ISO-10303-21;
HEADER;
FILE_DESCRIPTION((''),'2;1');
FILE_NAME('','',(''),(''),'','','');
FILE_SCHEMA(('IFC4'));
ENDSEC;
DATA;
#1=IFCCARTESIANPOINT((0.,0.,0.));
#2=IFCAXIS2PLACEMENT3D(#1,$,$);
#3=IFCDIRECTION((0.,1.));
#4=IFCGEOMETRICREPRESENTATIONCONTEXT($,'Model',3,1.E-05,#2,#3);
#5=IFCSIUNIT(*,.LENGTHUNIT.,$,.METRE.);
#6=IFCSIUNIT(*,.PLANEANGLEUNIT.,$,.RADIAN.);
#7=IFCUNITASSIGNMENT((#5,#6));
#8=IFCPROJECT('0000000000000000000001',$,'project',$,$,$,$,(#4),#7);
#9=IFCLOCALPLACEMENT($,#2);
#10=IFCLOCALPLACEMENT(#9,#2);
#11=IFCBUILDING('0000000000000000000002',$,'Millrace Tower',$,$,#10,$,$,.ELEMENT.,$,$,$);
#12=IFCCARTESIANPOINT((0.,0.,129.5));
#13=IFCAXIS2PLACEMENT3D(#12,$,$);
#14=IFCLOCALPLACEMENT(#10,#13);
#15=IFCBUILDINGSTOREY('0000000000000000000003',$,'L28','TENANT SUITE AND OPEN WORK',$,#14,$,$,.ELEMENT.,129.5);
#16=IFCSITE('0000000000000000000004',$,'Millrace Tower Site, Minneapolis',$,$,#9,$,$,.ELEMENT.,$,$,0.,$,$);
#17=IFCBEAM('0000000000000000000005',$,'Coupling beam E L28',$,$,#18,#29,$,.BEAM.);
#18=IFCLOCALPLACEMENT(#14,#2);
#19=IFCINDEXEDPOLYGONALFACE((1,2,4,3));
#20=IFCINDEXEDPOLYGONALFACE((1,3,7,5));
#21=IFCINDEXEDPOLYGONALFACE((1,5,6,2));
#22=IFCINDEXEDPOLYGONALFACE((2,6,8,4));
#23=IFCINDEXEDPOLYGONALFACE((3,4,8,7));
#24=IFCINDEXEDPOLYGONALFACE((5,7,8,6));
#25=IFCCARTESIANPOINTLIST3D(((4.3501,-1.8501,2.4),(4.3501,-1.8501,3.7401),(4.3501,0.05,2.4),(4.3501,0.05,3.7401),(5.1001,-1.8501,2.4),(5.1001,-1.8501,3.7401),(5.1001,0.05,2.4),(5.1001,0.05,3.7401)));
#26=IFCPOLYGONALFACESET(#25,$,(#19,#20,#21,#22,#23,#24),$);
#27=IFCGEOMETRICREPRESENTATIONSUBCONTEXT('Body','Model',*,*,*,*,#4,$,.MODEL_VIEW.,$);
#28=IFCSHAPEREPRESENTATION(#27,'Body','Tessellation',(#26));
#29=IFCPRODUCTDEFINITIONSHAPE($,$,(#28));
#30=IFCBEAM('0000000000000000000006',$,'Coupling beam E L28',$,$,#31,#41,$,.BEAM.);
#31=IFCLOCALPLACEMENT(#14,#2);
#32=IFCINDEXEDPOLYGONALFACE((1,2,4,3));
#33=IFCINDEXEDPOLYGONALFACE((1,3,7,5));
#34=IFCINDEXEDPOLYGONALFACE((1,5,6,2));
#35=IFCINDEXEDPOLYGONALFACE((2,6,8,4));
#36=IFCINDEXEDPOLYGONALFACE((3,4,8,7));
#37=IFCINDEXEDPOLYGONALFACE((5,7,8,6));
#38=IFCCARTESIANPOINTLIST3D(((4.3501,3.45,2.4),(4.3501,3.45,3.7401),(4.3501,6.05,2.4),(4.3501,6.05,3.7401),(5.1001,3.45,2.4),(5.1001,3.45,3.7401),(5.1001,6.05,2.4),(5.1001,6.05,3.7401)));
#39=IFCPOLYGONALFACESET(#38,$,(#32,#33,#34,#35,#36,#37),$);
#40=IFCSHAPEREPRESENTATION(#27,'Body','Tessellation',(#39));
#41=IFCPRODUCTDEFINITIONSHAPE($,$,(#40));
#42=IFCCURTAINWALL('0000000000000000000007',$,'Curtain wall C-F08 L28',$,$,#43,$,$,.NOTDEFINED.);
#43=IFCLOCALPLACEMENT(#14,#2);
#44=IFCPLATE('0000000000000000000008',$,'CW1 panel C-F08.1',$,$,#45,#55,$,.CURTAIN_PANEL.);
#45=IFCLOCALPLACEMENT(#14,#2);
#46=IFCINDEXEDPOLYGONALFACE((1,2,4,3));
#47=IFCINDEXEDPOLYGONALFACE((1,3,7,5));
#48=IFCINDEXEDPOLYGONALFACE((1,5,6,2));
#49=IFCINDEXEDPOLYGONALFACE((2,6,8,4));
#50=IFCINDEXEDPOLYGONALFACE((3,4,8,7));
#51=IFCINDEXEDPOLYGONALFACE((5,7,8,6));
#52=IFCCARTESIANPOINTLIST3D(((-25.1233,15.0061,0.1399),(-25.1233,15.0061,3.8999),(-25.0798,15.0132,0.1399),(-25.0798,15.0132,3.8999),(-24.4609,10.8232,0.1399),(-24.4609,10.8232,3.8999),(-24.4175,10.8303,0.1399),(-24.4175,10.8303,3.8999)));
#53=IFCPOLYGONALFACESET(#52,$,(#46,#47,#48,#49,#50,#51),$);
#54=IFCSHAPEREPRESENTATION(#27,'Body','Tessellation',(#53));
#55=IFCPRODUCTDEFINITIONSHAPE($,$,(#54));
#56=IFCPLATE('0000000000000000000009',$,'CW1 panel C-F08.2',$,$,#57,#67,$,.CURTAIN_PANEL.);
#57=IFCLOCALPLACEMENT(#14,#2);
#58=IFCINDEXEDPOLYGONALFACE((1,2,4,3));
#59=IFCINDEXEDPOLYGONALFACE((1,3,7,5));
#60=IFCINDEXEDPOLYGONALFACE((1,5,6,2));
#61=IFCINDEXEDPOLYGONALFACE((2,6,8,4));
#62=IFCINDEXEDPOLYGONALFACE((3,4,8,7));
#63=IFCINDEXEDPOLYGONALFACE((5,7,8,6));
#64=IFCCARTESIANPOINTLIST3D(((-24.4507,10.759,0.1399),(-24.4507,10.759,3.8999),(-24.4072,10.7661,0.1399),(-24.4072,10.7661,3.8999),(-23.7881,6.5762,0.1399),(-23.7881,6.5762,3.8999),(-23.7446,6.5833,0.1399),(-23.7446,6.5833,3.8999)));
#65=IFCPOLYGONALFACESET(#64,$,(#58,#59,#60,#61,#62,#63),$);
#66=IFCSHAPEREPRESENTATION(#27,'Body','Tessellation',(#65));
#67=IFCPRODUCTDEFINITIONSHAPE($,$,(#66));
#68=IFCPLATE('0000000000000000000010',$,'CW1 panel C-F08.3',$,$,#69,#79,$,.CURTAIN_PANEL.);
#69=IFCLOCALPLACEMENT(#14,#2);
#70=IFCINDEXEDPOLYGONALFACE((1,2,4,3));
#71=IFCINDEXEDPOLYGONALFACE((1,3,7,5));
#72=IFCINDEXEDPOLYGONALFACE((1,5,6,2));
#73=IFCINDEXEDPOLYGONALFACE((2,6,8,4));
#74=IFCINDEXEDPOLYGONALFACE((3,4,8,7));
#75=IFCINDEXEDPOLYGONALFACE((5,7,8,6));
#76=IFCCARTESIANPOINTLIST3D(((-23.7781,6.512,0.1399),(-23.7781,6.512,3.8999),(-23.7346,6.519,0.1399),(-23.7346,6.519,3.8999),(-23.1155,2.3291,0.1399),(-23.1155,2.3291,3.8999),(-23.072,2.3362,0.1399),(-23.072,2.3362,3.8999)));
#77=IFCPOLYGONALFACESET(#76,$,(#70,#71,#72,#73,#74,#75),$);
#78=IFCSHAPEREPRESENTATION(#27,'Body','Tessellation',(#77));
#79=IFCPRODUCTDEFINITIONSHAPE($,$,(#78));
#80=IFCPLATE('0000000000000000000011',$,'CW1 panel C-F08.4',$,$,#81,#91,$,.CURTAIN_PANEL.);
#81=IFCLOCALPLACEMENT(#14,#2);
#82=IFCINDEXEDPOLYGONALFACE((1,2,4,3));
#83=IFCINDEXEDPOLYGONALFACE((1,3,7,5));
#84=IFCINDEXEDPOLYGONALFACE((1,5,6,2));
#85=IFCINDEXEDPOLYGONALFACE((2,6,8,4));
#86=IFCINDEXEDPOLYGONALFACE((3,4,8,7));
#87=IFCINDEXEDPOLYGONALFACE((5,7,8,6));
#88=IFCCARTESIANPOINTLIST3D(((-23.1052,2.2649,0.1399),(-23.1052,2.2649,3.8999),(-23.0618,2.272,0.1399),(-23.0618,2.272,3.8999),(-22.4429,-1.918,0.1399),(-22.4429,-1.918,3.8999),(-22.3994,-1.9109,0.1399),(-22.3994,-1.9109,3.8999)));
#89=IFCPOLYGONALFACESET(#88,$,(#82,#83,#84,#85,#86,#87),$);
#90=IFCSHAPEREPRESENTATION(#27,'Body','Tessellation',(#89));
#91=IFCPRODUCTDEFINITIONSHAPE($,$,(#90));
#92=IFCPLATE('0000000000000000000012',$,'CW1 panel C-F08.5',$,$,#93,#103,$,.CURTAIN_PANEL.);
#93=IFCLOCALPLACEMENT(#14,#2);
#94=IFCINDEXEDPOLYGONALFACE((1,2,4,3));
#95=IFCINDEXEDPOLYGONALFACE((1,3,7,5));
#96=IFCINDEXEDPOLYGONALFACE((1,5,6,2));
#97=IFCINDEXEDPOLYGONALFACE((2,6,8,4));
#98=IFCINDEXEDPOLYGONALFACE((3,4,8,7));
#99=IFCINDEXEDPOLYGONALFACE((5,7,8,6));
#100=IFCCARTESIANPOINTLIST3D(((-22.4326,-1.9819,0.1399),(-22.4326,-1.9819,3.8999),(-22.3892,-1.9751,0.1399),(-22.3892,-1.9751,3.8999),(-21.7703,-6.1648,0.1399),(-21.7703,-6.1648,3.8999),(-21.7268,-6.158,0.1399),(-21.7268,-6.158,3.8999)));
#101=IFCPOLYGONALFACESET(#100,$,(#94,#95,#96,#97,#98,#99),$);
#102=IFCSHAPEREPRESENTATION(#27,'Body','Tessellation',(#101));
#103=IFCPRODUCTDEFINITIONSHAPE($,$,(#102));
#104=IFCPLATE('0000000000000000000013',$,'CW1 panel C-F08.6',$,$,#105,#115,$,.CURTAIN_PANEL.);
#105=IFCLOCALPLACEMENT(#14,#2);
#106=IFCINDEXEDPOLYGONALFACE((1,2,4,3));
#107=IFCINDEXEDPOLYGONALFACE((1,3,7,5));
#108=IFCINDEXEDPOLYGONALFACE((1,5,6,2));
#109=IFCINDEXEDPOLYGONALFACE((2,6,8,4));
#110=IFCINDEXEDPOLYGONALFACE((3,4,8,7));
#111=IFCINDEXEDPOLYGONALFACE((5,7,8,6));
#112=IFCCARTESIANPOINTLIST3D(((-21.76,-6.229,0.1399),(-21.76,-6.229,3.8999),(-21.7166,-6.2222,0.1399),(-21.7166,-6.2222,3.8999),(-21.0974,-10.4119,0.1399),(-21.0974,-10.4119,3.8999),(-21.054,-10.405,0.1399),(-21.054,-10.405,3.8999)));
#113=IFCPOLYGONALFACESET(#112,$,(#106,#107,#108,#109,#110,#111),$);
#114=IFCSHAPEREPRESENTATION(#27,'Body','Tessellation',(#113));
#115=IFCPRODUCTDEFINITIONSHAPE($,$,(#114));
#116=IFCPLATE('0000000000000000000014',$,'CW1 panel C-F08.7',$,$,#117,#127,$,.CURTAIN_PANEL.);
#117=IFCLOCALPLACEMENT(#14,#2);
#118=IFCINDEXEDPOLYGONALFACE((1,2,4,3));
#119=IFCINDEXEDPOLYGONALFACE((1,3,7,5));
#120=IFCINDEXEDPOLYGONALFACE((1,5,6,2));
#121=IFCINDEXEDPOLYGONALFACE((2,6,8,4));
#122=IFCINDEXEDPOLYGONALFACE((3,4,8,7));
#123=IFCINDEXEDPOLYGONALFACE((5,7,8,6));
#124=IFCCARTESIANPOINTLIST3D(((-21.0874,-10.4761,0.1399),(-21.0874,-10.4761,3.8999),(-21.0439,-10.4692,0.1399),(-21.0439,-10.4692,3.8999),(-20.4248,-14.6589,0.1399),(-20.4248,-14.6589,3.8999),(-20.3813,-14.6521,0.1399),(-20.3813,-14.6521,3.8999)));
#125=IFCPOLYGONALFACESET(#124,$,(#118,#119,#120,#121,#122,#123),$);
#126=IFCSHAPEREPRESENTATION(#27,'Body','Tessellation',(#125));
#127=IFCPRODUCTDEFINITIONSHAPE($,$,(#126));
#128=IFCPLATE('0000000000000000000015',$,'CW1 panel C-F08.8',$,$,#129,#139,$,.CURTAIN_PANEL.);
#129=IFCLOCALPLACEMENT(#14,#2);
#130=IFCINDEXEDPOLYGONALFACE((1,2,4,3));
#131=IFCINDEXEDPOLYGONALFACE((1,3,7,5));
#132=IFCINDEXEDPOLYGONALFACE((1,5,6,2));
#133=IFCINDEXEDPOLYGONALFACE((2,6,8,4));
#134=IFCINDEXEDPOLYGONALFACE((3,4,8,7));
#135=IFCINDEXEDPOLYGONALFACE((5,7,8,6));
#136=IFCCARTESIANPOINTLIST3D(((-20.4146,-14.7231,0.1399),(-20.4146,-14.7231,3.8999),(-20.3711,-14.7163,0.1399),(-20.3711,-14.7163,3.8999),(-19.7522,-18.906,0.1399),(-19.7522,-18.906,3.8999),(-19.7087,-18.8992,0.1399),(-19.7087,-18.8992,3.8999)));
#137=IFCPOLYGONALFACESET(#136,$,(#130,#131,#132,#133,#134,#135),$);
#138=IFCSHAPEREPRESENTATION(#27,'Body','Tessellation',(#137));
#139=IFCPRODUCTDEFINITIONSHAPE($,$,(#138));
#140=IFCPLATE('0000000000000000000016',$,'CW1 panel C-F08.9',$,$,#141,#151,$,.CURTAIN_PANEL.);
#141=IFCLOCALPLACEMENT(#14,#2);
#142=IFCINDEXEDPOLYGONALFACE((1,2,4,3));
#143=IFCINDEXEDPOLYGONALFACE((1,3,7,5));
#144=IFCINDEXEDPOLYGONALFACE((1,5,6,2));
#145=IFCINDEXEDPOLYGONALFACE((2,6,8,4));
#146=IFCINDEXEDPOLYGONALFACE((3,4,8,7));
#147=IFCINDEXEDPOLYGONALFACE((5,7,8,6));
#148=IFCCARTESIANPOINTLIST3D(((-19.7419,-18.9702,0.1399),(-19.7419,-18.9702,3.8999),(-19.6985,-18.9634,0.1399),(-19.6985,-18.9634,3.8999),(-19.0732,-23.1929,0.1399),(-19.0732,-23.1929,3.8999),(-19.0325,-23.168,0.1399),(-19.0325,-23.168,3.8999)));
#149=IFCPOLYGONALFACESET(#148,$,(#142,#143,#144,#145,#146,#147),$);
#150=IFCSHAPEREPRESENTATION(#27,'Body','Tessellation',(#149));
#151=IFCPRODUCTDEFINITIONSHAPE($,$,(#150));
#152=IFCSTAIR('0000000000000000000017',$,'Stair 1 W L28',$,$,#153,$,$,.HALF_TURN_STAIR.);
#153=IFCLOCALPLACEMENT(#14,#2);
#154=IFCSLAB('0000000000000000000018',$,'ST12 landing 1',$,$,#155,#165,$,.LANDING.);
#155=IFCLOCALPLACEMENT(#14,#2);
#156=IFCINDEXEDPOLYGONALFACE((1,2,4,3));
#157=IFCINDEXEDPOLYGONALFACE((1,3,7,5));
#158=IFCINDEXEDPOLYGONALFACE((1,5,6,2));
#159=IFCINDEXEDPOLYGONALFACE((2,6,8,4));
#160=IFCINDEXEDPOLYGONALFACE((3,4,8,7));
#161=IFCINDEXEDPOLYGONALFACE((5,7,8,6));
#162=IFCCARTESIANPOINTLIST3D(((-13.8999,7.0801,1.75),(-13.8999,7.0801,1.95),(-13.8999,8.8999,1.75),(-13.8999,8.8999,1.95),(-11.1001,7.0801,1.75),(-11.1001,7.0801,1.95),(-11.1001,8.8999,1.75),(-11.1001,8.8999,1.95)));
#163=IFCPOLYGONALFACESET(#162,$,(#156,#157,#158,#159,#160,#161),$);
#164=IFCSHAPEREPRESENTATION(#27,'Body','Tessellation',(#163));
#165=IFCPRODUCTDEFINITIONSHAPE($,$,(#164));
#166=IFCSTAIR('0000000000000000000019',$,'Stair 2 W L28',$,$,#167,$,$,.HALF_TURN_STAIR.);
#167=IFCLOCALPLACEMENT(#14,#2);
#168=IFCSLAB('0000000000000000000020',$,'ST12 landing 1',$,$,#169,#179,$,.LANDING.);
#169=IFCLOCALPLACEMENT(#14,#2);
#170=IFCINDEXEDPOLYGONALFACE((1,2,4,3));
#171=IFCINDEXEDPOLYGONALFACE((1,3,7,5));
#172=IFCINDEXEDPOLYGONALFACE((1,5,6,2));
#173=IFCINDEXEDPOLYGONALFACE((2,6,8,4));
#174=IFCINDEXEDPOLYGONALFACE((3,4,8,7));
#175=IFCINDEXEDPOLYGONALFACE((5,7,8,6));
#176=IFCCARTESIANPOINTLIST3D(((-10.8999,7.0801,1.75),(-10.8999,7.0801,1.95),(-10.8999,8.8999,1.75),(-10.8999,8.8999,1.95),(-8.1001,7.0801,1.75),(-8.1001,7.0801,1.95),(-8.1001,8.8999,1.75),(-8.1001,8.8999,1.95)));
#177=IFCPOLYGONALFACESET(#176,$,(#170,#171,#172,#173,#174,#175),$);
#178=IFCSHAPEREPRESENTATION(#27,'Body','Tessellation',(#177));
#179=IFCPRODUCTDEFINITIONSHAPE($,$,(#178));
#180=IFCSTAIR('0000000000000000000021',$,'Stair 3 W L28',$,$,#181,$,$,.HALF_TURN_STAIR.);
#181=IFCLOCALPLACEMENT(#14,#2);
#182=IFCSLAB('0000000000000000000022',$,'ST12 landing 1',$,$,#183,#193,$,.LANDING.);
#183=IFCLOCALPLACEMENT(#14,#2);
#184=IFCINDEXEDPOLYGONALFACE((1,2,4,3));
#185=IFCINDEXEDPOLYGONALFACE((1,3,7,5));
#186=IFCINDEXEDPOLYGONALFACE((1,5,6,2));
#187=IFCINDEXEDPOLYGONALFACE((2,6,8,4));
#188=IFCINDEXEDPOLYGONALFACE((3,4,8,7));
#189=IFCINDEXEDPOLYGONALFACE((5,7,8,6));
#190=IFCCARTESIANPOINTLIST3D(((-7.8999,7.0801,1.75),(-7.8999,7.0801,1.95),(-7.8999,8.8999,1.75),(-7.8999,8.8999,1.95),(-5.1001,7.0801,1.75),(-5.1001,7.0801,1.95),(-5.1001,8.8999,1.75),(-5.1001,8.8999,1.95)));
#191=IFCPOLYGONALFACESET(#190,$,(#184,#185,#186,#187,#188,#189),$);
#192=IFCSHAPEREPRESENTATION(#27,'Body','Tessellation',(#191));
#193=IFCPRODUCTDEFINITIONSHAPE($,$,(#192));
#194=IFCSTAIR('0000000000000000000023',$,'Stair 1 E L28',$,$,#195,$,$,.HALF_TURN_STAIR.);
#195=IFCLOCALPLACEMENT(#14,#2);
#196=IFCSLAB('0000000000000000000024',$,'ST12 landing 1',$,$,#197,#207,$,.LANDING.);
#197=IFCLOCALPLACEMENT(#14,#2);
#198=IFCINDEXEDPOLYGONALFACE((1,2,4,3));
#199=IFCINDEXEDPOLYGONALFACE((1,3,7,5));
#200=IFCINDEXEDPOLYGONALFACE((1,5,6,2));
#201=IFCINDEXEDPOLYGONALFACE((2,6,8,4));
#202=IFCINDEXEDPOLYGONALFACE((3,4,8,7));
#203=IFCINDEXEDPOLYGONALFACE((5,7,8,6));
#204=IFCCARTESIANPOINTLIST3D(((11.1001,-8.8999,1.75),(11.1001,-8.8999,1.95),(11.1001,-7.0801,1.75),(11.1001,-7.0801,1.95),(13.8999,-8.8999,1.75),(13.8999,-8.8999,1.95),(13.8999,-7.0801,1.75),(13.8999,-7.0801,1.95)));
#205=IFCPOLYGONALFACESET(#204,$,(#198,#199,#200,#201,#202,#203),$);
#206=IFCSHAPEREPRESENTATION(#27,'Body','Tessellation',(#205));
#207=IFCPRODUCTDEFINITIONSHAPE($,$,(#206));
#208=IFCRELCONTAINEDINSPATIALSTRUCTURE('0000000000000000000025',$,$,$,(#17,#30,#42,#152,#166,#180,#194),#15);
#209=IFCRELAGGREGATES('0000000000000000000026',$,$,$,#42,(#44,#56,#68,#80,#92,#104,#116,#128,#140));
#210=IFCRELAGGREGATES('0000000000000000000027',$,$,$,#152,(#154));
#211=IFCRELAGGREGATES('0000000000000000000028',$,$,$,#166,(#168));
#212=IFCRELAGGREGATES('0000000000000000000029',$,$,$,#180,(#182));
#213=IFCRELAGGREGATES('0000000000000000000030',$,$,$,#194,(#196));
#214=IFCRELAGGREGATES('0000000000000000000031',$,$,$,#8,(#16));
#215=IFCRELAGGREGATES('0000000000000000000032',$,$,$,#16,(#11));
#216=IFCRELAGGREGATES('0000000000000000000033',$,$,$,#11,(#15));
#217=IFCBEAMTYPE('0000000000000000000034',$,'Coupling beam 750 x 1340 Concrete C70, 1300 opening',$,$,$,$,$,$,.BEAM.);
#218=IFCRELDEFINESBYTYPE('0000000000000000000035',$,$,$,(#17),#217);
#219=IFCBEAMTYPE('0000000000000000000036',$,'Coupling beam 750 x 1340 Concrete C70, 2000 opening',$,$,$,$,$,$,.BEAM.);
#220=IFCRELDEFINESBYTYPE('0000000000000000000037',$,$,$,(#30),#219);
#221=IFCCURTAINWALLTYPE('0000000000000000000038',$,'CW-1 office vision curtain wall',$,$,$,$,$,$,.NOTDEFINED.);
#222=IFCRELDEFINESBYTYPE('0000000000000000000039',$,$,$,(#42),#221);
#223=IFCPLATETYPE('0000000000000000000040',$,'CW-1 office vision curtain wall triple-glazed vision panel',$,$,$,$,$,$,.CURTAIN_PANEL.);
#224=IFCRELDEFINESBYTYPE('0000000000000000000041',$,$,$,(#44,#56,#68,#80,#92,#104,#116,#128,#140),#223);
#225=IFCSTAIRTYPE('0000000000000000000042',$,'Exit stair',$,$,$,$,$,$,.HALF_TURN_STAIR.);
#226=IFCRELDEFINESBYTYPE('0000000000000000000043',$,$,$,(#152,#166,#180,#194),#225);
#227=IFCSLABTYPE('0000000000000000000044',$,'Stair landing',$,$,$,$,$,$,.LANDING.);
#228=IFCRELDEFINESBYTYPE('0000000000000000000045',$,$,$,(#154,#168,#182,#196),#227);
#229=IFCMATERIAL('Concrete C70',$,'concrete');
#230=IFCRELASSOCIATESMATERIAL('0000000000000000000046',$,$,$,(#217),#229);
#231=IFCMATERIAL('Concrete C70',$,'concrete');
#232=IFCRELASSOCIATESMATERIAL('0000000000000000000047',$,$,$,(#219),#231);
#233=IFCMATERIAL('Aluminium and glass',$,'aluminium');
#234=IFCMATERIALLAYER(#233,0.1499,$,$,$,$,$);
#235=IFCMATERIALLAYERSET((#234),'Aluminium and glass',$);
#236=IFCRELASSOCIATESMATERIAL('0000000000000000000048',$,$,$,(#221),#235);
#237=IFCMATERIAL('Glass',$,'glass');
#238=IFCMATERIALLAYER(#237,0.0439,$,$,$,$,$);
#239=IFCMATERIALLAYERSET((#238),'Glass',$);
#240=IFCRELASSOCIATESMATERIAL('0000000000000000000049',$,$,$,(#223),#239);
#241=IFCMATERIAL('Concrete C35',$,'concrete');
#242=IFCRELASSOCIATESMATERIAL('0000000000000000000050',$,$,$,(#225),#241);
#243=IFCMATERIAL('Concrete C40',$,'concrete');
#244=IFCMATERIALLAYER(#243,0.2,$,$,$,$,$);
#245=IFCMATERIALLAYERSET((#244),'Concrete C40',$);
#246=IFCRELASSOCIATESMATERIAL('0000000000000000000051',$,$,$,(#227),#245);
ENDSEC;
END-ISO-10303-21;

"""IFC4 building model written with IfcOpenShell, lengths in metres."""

from ifc_helpers import new_model, si_unit, direction, frame, origin, origin_2d, place, context, subcontext, project, spatial, polyline, rectangle, outline, extrude, material, layer, layer_set, material_profile, profile_set, type_object, element, aggregate, save


model = new_model("IFC4")

# Units and contexts
model_context = context("Model", 3, precision=1e-05, world=origin(), true_north=direction((0.0, 1.0)))
body_context = subcontext(model_context, "Body", "Model", "MODEL_VIEW")
ifc_project = project(units=[si_unit("LENGTHUNIT", "METRE"), si_unit("PLANEANGLEUNIT", "RADIAN")], contexts=[model_context])

# Site, building, storey
site_placement = place(None, origin())
site = spatial("IfcSite", under=ifc_project, at=site_placement, Name="Millrace Tower Site, Minneapolis", CompositionType="ELEMENT", RefElevation=0.0)
building_placement = place(site_placement, origin())
building = spatial("IfcBuilding", under=site, at=building_placement, Name="Millrace Tower", CompositionType="ELEMENT")
storey_placement = place(building_placement, frame((0.0, 0.0, 129.5)))
storey = spatial("IfcBuildingStorey", under=building, at=storey_placement, Name="L28", Description="TENANT SUITE AND OPEN WORK", CompositionType="ELEMENT", Elevation=129.5)

# Beams
ifc_material_1 = material(Name="Concrete C70", Category="concrete")
ifc_material_profile_1 = material_profile(ifc_material_1, rectangle(XDim=0.75, YDim=1.3401, at=origin_2d()))
ifc_profile_set_1 = profile_set([ifc_material_profile_1], Name="Concrete C70")
beam_type_1 = type_object("IfcBeamType", Name="Coupling beam 750 x 1340 Concrete C70, 1300 opening", PredefinedType="BEAM", material=ifc_profile_set_1)
beam_1_placement = place(storey_placement, frame((4.7251, 0.05, 3.0701), z_axis=(0.0, -1.0, 0.0), x_axis=(1.0, 0.0, 0.0)))
element("IfcBeam", 1, at=beam_1_placement, inside=storey, type_object=beam_type_1, Name="Coupling beam E L28", PredefinedType="BEAM", context=body_context, shape_type="SweptSolid", body=[
    extrude(rectangle(XDim=0.75, YDim=1.3401, at=origin_2d()), origin(), (0.0, 0.0, 1.0), 1.9001),
])
ifc_material_2 = material(Name="Concrete C70", Category="concrete")
ifc_material_profile_2 = material_profile(ifc_material_2, rectangle(XDim=0.75, YDim=1.3401, at=origin_2d()))
ifc_profile_set_2 = profile_set([ifc_material_profile_2], Name="Concrete C70")
beam_type_2 = type_object("IfcBeamType", Name="Coupling beam 750 x 1340 Concrete C70, 2000 opening", PredefinedType="BEAM", material=ifc_profile_set_2)
beam_2_placement = place(storey_placement, frame((4.7251, 6.05, 3.0701), z_axis=(0.0, -1.0, 0.0), x_axis=(1.0, 0.0, 0.0)))
element("IfcBeam", 2, at=beam_2_placement, inside=storey, type_object=beam_type_2, Name="Coupling beam E L28", PredefinedType="BEAM", context=body_context, shape_type="SweptSolid", body=[
    extrude(rectangle(XDim=0.75, YDim=1.3401, at=origin_2d()), origin(), (0.0, 0.0, 1.0), 2.6001),
])

# Curtain wall, plates
ifc_material_3 = material(Name="Aluminium and glass", Category="aluminium")
ifc_layer_1 = layer(ifc_material_3, 0.1499)
ifc_layer_set_1 = layer_set([ifc_layer_1], Name="Aluminium and glass")
curtain_wall_type = type_object("IfcCurtainWallType", Name="CW-1 office vision curtain wall", PredefinedType="NOTDEFINED", material=ifc_layer_set_1)
placement_1 = place(storey_placement, origin())
curtain_wall = element("IfcCurtainWall", 3, at=placement_1, inside=storey, type_object=curtain_wall_type, Name="Curtain wall C-F08 L28", PredefinedType="NOTDEFINED")
ifc_material_4 = material(Name="Glass", Category="glass")
ifc_layer_2 = layer(ifc_material_4, 0.0439)
ifc_layer_set_2 = layer_set([ifc_layer_2], Name="Glass")
plate_type = type_object("IfcPlateType", Name="CW-1 office vision curtain wall triple-glazed vision panel", PredefinedType="CURTAIN_PANEL", material=ifc_layer_set_2)
placement_2 = place(storey_placement, frame((0.0, 0.0, 0.1399)))
plate_1 = element("IfcPlate", 4, at=placement_2, type_object=plate_type, Name="CW1 panel C-F08.1", PredefinedType="CURTAIN_PANEL", context=body_context, shape_type="SweptSolid", body=[
    extrude(outline(polyline([(-25.1233, 15.0061), (-24.4609, 10.8232), (-24.4175, 10.8303), (-25.0798, 15.0132), (-25.1233, 15.0061)])), origin(), (0.0, 0.0, 1.0), 3.76),
])
plate_2 = element("IfcPlate", 5, at=placement_2, type_object=plate_type, Name="CW1 panel C-F08.2", PredefinedType="CURTAIN_PANEL", context=body_context, shape_type="SweptSolid", body=[
    extrude(outline(polyline([(-24.4507, 10.759), (-23.7881, 6.5762), (-23.7446, 6.5833), (-24.4072, 10.7661), (-24.4507, 10.759)])), origin(), (0.0, 0.0, 1.0), 3.76),
])
plate_3 = element("IfcPlate", 6, at=placement_2, type_object=plate_type, Name="CW1 panel C-F08.3", PredefinedType="CURTAIN_PANEL", context=body_context, shape_type="SweptSolid", body=[
    extrude(outline(polyline([(-23.7781, 6.512), (-23.1155, 2.3291), (-23.072, 2.3362), (-23.7346, 6.519), (-23.7781, 6.512)])), origin(), (0.0, 0.0, 1.0), 3.76),
])
plate_4 = element("IfcPlate", 7, at=placement_2, type_object=plate_type, Name="CW1 panel C-F08.4", PredefinedType="CURTAIN_PANEL", context=body_context, shape_type="SweptSolid", body=[
    extrude(outline(polyline([(-23.1052, 2.2649), (-22.4429, -1.918), (-22.3994, -1.9109), (-23.0618, 2.272), (-23.1052, 2.2649)])), origin(), (0.0, 0.0, 1.0), 3.76),
])
plate_5 = element("IfcPlate", 8, at=placement_2, type_object=plate_type, Name="CW1 panel C-F08.5", PredefinedType="CURTAIN_PANEL", context=body_context, shape_type="SweptSolid", body=[
    extrude(outline(polyline([(-22.4326, -1.9819), (-21.7703, -6.1648), (-21.7268, -6.158), (-22.3892, -1.9751), (-22.4326, -1.9819)])), origin(), (0.0, 0.0, 1.0), 3.76),
])
plate_6 = element("IfcPlate", 9, at=placement_2, type_object=plate_type, Name="CW1 panel C-F08.6", PredefinedType="CURTAIN_PANEL", context=body_context, shape_type="SweptSolid", body=[
    extrude(outline(polyline([(-21.76, -6.229), (-21.0974, -10.4119), (-21.054, -10.405), (-21.7166, -6.2222), (-21.76, -6.229)])), origin(), (0.0, 0.0, 1.0), 3.76),
])
plate_7 = element("IfcPlate", 10, at=placement_2, type_object=plate_type, Name="CW1 panel C-F08.7", PredefinedType="CURTAIN_PANEL", context=body_context, shape_type="SweptSolid", body=[
    extrude(outline(polyline([(-21.0874, -10.4761), (-20.4248, -14.6589), (-20.3813, -14.6521), (-21.0439, -10.4692), (-21.0874, -10.4761)])), origin(), (0.0, 0.0, 1.0), 3.76),
])
plate_8 = element("IfcPlate", 11, at=placement_2, type_object=plate_type, Name="CW1 panel C-F08.8", PredefinedType="CURTAIN_PANEL", context=body_context, shape_type="SweptSolid", body=[
    extrude(outline(polyline([(-20.4146, -14.7231), (-19.7522, -18.906), (-19.7087, -18.8992), (-20.3711, -14.7163), (-20.4146, -14.7231)])), origin(), (0.0, 0.0, 1.0), 3.76),
])
plate_9 = element("IfcPlate", 12, at=placement_2, type_object=plate_type, Name="CW1 panel C-F08.9", PredefinedType="CURTAIN_PANEL", context=body_context, shape_type="SweptSolid", body=[
    extrude(outline(polyline([(-19.7419, -18.9702), (-19.0732, -23.1929), (-19.0325, -23.168), (-19.6985, -18.9634), (-19.7419, -18.9702)])), origin(), (0.0, 0.0, 1.0), 3.76),
])
aggregate(curtain_wall, [plate_1, plate_2, plate_3, plate_4, plate_5, plate_6, plate_7, plate_8, plate_9])

# Stairs, slabs
ifc_material_5 = material(Name="Concrete C35", Category="concrete")
stair_type = type_object("IfcStairType", Name="Exit stair", PredefinedType="HALF_TURN_STAIR", material=ifc_material_5)
stair_1 = element("IfcStair", 13, at=placement_1, inside=storey, type_object=stair_type, Name="Stair 1 W L28", PredefinedType="HALF_TURN_STAIR")
ifc_material_6 = material(Name="Concrete C40", Category="concrete")
ifc_layer_3 = layer(ifc_material_6, 0.2)
ifc_layer_set_3 = layer_set([ifc_layer_3], Name="Concrete C40")
slab_type = type_object("IfcSlabType", Name="Stair landing", PredefinedType="LANDING", material=ifc_layer_set_3)
placement_3 = place(storey_placement, frame((0.0, 0.0, 1.75)))
slab_1 = element("IfcSlab", 14, at=placement_3, type_object=slab_type, Name="ST12 landing 1", PredefinedType="LANDING", context=body_context, shape_type="SweptSolid", body=[
    extrude(outline(polyline([(-13.8999, 7.0801), (-11.1001, 7.0801), (-11.1001, 8.8999), (-13.8999, 8.8999), (-13.8999, 7.0801)])), origin(), (0.0, 0.0, 1.0), 0.2),
])
aggregate(stair_1, [slab_1])
stair_2 = element("IfcStair", 15, at=placement_1, inside=storey, type_object=stair_type, Name="Stair 2 W L28", PredefinedType="HALF_TURN_STAIR")
slab_2 = element("IfcSlab", 16, at=placement_3, type_object=slab_type, Name="ST12 landing 1", PredefinedType="LANDING", context=body_context, shape_type="SweptSolid", body=[
    extrude(outline(polyline([(-10.8999, 7.0801), (-8.1001, 7.0801), (-8.1001, 8.8999), (-10.8999, 8.8999), (-10.8999, 7.0801)])), origin(), (0.0, 0.0, 1.0), 0.2),
])
aggregate(stair_2, [slab_2])
stair_3 = element("IfcStair", 17, at=placement_1, inside=storey, type_object=stair_type, Name="Stair 3 W L28", PredefinedType="HALF_TURN_STAIR")
slab_3 = element("IfcSlab", 18, at=placement_3, type_object=slab_type, Name="ST12 landing 1", PredefinedType="LANDING", context=body_context, shape_type="SweptSolid", body=[
    extrude(outline(polyline([(-7.8999, 7.0801), (-5.1001, 7.0801), (-5.1001, 8.8999), (-7.8999, 8.8999), (-7.8999, 7.0801)])), origin(), (0.0, 0.0, 1.0), 0.2),
])
aggregate(stair_3, [slab_3])
stair_4 = element("IfcStair", 19, at=placement_1, inside=storey, type_object=stair_type, Name="Stair 1 E L28", PredefinedType="HALF_TURN_STAIR")
slab_4 = element("IfcSlab", 20, at=placement_3, type_object=slab_type, Name="ST12 landing 1", PredefinedType="LANDING", context=body_context, shape_type="SweptSolid", body=[
    extrude(outline(polyline([(11.1001, -8.8999), (13.8999, -8.8999), (13.8999, -7.0801), (11.1001, -7.0801), (11.1001, -8.8999)])), origin(), (0.0, 0.0, 1.0), 0.2),
])
aggregate(stair_4, [slab_4])

save(model, "model.ifc")
